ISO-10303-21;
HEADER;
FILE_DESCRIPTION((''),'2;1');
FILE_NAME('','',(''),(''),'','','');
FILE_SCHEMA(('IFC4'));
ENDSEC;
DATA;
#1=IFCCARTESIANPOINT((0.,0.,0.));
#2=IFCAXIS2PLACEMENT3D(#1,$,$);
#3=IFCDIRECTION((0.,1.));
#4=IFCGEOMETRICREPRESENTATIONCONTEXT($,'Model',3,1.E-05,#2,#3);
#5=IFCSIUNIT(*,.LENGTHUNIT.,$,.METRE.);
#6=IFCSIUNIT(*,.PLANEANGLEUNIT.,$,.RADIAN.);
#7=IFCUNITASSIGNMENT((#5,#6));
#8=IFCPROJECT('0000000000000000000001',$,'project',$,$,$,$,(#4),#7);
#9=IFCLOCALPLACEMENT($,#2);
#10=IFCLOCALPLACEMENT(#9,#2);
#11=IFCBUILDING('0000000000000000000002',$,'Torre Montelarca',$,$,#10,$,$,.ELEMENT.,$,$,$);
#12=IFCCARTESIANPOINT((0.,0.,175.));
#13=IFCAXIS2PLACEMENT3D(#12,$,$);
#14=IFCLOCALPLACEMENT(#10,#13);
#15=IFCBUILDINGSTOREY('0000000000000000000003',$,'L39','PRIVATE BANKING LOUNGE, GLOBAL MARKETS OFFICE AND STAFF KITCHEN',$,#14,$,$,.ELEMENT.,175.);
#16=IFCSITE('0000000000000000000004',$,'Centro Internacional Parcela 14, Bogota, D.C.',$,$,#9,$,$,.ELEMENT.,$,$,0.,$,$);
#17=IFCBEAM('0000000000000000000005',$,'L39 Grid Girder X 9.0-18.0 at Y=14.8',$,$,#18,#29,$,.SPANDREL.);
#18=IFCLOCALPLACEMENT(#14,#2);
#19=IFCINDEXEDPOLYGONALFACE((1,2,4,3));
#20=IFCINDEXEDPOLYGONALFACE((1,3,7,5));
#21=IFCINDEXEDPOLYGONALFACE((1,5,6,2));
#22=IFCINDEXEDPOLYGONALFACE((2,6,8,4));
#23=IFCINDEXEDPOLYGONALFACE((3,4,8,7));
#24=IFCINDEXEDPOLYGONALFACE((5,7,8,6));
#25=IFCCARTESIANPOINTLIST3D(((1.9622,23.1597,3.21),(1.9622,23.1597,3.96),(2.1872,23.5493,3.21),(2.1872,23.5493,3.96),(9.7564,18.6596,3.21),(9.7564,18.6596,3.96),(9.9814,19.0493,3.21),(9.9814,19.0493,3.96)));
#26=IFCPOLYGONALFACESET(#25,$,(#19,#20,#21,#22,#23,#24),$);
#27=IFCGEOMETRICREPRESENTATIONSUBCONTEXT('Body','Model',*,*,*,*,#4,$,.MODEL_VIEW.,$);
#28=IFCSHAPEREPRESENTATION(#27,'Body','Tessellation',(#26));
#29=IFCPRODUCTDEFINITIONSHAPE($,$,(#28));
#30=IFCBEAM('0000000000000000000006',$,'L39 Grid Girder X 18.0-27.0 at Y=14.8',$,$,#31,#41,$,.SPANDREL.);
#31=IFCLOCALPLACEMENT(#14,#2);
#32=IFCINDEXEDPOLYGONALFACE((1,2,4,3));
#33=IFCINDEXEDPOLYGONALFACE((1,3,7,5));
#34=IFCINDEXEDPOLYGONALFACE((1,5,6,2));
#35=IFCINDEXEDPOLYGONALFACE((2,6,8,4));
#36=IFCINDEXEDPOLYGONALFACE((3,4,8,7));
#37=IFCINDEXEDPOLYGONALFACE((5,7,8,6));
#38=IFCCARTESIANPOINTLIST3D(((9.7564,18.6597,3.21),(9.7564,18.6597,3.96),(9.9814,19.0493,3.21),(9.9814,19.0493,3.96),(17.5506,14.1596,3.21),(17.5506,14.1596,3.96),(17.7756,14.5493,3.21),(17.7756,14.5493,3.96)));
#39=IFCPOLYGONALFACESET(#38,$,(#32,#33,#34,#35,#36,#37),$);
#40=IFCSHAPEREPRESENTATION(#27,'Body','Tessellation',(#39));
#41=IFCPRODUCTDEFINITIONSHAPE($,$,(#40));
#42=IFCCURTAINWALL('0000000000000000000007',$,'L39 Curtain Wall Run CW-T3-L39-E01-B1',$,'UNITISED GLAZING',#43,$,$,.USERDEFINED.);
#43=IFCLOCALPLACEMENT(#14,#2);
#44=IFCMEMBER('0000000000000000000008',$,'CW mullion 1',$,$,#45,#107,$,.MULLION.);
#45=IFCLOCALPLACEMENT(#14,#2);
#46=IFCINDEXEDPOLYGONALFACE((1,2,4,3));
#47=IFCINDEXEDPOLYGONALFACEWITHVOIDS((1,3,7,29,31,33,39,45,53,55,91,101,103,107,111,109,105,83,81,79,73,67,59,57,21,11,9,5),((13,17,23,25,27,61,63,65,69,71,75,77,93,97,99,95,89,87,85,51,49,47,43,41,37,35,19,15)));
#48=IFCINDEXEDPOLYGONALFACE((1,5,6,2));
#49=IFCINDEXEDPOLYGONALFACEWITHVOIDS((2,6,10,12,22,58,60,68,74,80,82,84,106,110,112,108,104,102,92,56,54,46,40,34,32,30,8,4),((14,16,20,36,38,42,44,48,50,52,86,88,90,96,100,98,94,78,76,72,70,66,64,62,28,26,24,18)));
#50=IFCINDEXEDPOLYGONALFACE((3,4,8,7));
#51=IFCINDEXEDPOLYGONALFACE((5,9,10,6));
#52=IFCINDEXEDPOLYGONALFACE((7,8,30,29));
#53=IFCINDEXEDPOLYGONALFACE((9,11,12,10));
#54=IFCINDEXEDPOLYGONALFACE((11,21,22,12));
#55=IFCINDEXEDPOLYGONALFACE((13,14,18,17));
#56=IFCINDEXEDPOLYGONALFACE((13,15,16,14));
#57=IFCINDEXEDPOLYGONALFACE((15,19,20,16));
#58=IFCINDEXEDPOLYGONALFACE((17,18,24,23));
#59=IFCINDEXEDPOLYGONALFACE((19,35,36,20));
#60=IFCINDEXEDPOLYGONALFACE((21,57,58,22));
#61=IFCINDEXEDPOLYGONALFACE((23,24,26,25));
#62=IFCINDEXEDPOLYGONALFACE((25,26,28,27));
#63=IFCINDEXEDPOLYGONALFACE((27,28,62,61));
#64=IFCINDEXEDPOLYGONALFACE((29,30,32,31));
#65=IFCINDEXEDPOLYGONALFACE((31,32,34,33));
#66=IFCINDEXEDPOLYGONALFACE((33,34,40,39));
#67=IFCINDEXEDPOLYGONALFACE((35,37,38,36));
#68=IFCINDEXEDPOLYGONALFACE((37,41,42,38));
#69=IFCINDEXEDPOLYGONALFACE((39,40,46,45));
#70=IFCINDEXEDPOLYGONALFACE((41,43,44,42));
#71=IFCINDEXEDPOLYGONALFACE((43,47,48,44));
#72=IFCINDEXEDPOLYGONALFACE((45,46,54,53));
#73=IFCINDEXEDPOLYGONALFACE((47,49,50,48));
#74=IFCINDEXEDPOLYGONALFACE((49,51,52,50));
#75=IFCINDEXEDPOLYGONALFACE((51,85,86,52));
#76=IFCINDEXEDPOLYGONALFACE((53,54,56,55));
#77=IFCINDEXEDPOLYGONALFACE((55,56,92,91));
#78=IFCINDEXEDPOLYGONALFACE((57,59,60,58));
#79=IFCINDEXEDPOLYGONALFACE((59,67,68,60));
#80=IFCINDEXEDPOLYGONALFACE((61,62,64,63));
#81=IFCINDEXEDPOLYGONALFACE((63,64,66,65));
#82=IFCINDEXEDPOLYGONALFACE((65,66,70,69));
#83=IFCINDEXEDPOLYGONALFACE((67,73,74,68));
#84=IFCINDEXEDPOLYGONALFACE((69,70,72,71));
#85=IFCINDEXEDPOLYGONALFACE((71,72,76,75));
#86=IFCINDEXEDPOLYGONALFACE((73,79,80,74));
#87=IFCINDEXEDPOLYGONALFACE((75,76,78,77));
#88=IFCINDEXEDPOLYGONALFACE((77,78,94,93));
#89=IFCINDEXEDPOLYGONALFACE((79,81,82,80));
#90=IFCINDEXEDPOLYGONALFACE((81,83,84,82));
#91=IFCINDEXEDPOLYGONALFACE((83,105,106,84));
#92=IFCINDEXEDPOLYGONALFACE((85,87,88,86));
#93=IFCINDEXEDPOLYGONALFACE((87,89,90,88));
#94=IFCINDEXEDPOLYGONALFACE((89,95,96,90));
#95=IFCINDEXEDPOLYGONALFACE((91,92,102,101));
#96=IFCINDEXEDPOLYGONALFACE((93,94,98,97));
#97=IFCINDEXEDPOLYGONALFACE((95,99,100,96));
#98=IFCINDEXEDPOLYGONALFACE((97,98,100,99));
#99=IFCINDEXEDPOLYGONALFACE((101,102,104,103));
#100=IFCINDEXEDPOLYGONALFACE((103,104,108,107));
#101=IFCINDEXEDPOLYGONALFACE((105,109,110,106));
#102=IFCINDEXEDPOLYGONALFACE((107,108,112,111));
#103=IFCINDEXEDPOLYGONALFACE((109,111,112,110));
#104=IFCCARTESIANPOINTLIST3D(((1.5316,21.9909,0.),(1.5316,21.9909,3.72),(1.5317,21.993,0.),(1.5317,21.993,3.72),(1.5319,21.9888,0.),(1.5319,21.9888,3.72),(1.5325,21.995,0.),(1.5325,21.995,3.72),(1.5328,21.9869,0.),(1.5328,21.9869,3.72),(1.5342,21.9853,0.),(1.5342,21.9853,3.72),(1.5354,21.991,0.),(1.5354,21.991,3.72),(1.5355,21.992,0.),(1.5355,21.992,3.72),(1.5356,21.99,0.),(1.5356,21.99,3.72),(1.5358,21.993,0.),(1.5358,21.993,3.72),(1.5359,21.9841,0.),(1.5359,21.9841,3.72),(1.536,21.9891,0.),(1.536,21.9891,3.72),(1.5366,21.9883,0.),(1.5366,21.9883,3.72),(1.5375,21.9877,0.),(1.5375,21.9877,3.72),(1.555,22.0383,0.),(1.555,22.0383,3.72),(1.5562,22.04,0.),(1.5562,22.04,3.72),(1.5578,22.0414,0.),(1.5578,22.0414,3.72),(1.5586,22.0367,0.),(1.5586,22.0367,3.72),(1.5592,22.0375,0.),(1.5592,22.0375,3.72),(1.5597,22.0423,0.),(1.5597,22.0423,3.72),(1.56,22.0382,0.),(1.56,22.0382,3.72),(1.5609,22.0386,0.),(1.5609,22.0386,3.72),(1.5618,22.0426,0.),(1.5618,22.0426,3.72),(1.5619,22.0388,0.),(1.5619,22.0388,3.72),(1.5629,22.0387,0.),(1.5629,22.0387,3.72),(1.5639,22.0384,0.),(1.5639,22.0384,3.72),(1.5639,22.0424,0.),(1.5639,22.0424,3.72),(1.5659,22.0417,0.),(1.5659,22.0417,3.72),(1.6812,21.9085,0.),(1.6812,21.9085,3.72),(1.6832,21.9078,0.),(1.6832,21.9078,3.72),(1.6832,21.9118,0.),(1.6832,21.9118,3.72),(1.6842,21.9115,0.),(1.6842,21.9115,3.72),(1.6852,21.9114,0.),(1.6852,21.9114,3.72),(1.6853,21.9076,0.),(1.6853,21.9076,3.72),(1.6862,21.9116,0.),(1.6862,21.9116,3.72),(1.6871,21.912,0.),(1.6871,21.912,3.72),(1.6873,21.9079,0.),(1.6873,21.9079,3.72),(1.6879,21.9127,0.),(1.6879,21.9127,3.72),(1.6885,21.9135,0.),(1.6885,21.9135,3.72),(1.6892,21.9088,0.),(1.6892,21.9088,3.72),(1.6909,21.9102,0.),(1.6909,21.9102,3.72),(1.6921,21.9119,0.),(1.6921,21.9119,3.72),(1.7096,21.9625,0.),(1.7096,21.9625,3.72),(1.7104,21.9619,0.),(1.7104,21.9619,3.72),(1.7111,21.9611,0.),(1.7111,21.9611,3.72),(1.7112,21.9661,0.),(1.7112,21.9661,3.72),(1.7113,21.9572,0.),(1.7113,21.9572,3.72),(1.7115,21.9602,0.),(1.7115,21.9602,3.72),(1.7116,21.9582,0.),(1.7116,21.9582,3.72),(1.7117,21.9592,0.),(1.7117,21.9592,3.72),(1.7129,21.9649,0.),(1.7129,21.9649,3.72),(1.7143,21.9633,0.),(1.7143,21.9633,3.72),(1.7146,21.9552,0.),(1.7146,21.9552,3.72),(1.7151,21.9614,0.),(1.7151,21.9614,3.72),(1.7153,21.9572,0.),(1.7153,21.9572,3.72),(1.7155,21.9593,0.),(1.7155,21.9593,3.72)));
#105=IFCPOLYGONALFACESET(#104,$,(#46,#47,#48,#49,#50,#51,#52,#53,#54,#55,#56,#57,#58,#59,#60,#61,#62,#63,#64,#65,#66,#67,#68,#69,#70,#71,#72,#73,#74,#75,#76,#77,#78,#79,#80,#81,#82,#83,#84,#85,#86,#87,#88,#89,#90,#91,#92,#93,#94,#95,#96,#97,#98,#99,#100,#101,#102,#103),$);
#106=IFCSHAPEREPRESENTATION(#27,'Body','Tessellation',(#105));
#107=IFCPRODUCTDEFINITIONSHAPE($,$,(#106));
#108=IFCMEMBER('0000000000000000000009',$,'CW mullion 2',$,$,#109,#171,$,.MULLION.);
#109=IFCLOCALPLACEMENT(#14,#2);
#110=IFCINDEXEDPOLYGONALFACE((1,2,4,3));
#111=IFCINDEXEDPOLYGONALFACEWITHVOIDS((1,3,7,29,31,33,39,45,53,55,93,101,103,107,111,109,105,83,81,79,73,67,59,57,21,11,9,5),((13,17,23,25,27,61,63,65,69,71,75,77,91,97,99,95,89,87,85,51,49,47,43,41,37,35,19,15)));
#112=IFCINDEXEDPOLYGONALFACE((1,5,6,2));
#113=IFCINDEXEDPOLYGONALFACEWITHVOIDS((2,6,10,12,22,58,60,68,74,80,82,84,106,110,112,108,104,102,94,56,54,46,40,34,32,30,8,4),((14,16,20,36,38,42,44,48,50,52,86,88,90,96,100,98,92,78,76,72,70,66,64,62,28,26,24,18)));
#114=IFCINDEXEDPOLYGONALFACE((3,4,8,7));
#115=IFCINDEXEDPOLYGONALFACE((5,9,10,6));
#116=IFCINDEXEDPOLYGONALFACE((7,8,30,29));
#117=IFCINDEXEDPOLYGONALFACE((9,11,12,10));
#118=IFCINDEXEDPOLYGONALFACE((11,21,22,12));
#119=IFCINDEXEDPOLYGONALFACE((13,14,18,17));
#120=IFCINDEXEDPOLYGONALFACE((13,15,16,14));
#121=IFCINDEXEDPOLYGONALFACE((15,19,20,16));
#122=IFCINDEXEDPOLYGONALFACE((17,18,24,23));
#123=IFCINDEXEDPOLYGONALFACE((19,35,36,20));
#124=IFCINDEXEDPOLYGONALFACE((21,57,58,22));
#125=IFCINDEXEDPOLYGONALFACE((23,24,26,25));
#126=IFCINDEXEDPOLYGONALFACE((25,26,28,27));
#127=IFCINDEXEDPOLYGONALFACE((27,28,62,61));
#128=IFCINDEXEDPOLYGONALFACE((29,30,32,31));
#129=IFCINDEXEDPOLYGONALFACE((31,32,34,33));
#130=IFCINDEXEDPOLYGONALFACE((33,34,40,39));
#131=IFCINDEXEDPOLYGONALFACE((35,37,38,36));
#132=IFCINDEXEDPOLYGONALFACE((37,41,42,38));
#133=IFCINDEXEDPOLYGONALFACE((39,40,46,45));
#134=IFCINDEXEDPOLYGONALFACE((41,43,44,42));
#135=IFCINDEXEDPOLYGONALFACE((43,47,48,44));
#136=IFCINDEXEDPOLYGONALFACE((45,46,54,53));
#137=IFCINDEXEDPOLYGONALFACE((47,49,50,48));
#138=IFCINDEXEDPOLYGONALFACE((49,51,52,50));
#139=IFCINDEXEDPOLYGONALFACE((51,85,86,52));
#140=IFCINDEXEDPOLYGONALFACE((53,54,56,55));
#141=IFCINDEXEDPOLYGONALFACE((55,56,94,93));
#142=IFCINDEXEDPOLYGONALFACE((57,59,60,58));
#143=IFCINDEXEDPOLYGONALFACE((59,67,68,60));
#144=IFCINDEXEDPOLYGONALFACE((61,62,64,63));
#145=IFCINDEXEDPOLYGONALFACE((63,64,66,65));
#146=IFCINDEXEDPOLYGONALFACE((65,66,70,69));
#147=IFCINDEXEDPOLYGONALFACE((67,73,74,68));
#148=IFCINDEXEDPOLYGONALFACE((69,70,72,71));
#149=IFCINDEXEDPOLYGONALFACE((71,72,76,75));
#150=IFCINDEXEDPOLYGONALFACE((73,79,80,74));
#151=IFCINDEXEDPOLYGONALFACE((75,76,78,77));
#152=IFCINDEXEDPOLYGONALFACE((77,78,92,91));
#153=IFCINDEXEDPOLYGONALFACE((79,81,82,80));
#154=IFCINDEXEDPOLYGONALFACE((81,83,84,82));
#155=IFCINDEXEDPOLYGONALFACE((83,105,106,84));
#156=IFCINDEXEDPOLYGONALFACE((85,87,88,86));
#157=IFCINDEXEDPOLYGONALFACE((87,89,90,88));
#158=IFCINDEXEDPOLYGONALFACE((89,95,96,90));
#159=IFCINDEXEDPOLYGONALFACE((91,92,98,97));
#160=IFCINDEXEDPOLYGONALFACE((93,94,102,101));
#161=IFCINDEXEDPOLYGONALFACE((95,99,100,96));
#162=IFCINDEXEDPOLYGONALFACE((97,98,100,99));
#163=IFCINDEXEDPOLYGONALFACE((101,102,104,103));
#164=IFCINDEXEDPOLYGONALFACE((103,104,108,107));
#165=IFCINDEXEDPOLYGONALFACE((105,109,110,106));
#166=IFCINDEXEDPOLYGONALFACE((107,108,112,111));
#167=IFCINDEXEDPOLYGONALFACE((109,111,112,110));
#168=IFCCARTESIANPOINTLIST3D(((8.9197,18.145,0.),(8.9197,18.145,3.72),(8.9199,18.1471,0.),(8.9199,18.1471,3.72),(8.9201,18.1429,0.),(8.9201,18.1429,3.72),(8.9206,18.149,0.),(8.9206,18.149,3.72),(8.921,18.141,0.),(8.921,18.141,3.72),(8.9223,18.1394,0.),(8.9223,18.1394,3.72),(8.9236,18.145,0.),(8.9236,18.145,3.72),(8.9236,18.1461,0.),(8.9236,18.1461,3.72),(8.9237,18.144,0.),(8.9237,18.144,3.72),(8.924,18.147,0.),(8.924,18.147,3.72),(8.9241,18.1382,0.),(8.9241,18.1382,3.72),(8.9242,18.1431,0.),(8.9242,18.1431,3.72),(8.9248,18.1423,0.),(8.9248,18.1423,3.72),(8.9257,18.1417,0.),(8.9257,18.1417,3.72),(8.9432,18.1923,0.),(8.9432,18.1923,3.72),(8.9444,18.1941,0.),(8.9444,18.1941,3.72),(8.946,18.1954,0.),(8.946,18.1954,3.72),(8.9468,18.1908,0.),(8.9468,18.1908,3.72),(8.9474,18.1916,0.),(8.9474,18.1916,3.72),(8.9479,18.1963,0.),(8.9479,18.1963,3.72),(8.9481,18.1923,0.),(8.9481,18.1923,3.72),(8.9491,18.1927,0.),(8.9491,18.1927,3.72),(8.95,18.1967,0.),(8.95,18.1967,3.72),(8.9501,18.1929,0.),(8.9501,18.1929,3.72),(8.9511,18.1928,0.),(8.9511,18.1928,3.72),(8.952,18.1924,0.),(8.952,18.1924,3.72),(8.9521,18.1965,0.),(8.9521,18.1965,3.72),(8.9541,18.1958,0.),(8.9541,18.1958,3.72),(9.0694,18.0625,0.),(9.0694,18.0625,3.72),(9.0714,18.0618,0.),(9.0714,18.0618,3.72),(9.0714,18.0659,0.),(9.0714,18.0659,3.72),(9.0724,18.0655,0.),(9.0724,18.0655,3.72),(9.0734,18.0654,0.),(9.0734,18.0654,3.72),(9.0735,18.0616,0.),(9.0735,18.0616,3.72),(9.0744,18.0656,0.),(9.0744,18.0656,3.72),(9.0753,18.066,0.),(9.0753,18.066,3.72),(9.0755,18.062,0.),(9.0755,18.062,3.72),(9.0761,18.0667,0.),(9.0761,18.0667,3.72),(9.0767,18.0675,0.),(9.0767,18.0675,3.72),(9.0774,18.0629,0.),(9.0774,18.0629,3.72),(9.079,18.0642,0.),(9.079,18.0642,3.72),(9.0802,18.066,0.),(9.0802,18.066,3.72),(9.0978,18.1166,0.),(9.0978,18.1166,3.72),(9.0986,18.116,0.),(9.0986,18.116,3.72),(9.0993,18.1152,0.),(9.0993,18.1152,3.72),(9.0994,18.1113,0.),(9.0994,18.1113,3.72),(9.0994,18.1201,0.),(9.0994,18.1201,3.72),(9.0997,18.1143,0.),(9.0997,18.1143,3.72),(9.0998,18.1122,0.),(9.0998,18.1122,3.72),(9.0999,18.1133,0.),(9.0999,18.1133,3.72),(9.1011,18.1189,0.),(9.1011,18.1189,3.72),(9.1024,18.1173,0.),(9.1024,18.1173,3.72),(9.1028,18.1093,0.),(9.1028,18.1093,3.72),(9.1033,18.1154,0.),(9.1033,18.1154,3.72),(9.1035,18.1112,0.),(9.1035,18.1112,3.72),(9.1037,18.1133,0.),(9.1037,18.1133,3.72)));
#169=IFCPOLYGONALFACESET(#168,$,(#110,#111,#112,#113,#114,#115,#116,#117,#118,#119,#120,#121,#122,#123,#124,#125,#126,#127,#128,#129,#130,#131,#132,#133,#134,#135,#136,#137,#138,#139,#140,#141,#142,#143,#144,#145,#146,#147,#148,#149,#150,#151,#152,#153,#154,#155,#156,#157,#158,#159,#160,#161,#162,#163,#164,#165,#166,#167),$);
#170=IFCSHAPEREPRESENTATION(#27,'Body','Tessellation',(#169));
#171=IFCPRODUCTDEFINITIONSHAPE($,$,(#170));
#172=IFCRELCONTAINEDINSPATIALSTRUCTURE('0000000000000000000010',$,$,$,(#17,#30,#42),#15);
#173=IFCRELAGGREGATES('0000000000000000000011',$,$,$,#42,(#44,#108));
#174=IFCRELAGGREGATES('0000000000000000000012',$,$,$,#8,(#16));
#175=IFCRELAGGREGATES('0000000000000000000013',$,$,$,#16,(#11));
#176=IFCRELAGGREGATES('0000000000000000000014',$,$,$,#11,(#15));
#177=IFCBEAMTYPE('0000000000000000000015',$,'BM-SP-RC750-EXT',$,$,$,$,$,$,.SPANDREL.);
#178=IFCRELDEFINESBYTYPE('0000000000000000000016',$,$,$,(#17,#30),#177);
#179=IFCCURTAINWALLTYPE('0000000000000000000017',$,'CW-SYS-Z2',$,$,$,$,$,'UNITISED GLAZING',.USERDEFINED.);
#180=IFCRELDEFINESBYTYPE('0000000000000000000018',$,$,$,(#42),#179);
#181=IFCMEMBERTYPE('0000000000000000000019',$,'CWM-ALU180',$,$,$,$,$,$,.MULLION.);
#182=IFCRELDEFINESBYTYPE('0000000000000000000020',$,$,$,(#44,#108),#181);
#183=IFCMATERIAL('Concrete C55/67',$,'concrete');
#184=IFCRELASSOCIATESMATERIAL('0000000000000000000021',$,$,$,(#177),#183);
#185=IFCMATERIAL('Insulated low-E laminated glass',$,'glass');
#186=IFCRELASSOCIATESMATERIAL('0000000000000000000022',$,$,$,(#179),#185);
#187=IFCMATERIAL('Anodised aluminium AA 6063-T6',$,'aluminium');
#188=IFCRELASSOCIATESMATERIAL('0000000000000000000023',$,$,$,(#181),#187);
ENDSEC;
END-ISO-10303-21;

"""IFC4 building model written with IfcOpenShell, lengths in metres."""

from ifc_helpers import new_model, si_unit, direction, frame, origin, origin_2d, place, context, subcontext, project, spatial, rectangle, hollow_rectangle, extrude, source, transform, mapped, material, material_profile, profile_set, type_object, element, aggregate, save


model = new_model("IFC4")

# Units and contexts
model_context = context("Model", 3, precision=1e-05, world=origin(), true_north=direction((0.0, 1.0)))
body_context = subcontext(model_context, "Body", "Model", "MODEL_VIEW")
ifc_project = project(units=[si_unit("LENGTHUNIT", "METRE"), si_unit("PLANEANGLEUNIT", "RADIAN")], contexts=[model_context])

# Site, building, storey
site_placement = place(None, origin())
site = spatial("IfcSite", under=ifc_project, at=site_placement, Name="Centro Internacional Parcela 14, Bogota, D.C.", CompositionType="ELEMENT", RefElevation=0.0)
building_placement = place(site_placement, origin())
building = spatial("IfcBuilding", under=site, at=building_placement, Name="Torre Montelarca", CompositionType="ELEMENT")
storey_placement = place(building_placement, frame((0.0, 0.0, 175.0)))
storey = spatial("IfcBuildingStorey", under=building, at=storey_placement, Name="L39", Description="PRIVATE BANKING LOUNGE, GLOBAL MARKETS OFFICE AND STAFF KITCHEN", CompositionType="ELEMENT", Elevation=175.0)

# Shared definitions
ifc_material_1 = material(Name="Concrete C55/67", Category="concrete")

# Beams
ifc_material_profile_1 = material_profile(ifc_material_1, rectangle(XDim=0.45, YDim=0.75, at=origin_2d()), Name="RCB450X750", Category="concrete")
ifc_profile_set_1 = profile_set([ifc_material_profile_1], Name="Concrete C55/67")
beam_type = type_object("IfcBeamType", Name="BM-SP-RC750-EXT", PredefinedType="SPANDREL", material=ifc_profile_set_1)
shared_shape_1 = source(origin(), body_context, "Body", "SweptSolid", [
    extrude(rectangle(XDim=0.45, YDim=0.75, at=origin_2d()), origin(), (0.0, 0.0, 1.0), 9.0),
])
for number, where, z_axis, x_axis, name in (
    (1, (2.0747, 23.3545, 3.585), (0.866024, -0.500002, 0.0), (0.500002, 0.866024, 0.0), "L39 Grid Girder X 9.0-18.0 at Y=14.8"),
    (2, (9.8689, 18.8545, 3.585), (0.866024, -0.500002, 0.0), (0.500002, 0.866024, 0.0), "L39 Grid Girder X 18.0-27.0 at Y=14.8"),
):
    element("IfcBeam", number, at=place(storey_placement, frame(where, z_axis=z_axis, x_axis=x_axis)), inside=storey, type_object=beam_type, Name=name, PredefinedType="SPANDREL", context=body_context, shape_type="MappedRepresentation", body=[
        mapped(shared_shape_1, transform((0.0, 0.0, 0.0), scale=1.0)),
    ])

# Curtain wall, members
ifc_material_2 = material(Name="Insulated low-E laminated glass", Category="glass")
curtain_wall_type = type_object("IfcCurtainWallType", Name="CW-SYS-Z2", ElementType="UNITISED GLAZING", PredefinedType="USERDEFINED", material=ifc_material_2)
curtain_wall_1_placement = place(storey_placement, origin())
curtain_wall_1 = element("IfcCurtainWall", 3, at=curtain_wall_1_placement, inside=storey, type_object=curtain_wall_type, Name="L39 Curtain Wall Run CW-T3-L39-E01-B1", ObjectType="UNITISED GLAZING", PredefinedType="USERDEFINED")
ifc_material_3 = material(Name="Anodised aluminium AA 6063-T6", Category="aluminium")
ifc_material_profile_2 = material_profile(ifc_material_3, hollow_rectangle(XDim=0.0649, YDim=0.1799, WallThickness=0.0039, InnerFilletRadius=0.0039, OuterFilletRadius=0.0081, at=origin_2d()), Name="ALU65X180X4", Category="aluminium")
ifc_profile_set_2 = profile_set([ifc_material_profile_2], Name="Anodised aluminium AA 6063-T6")
member_type_1 = type_object("IfcMemberType", Name="CWM-ALU180", PredefinedType="MULLION", material=ifc_profile_set_2)
shared_shape_2 = source(origin(), body_context, "Body", "SweptSolid", [
    extrude(hollow_rectangle(XDim=0.0649, YDim=0.1799, WallThickness=0.0039, InnerFilletRadius=0.0039, OuterFilletRadius=0.0081, at=origin_2d()), origin(), (0.0, 0.0, 1.0), 3.72),
])
member_1_placement = place(storey_placement, frame((1.6235, 21.9751, 0.0), z_axis=(0.0, 0.0, 1.0), x_axis=(0.461747, 0.887012, 0.0)))
member_1 = element("IfcMember", 4, at=member_1_placement, type_object=member_type_1, Name="CW mullion 1", PredefinedType="MULLION", context=body_context, shape_type="MappedRepresentation", body=[
    mapped(shared_shape_2, transform((0.0, 0.0, 0.0), scale=1.0)),
])
member_2_placement = place(storey_placement, frame((9.0117, 18.1292, 0.0), z_axis=(0.0, 0.0, 1.0), x_axis=(0.461747, 0.887012, 0.0)))
member_2 = element("IfcMember", 5, at=member_2_placement, type_object=member_type_1, Name="CW mullion 2", PredefinedType="MULLION", context=body_context, shape_type="MappedRepresentation", body=[
    mapped(shared_shape_2, transform((0.0, 0.0, 0.0), scale=1.0)),
])

aggregate(curtain_wall_1, [member_1, member_2])

save(model, "model.ifc")
